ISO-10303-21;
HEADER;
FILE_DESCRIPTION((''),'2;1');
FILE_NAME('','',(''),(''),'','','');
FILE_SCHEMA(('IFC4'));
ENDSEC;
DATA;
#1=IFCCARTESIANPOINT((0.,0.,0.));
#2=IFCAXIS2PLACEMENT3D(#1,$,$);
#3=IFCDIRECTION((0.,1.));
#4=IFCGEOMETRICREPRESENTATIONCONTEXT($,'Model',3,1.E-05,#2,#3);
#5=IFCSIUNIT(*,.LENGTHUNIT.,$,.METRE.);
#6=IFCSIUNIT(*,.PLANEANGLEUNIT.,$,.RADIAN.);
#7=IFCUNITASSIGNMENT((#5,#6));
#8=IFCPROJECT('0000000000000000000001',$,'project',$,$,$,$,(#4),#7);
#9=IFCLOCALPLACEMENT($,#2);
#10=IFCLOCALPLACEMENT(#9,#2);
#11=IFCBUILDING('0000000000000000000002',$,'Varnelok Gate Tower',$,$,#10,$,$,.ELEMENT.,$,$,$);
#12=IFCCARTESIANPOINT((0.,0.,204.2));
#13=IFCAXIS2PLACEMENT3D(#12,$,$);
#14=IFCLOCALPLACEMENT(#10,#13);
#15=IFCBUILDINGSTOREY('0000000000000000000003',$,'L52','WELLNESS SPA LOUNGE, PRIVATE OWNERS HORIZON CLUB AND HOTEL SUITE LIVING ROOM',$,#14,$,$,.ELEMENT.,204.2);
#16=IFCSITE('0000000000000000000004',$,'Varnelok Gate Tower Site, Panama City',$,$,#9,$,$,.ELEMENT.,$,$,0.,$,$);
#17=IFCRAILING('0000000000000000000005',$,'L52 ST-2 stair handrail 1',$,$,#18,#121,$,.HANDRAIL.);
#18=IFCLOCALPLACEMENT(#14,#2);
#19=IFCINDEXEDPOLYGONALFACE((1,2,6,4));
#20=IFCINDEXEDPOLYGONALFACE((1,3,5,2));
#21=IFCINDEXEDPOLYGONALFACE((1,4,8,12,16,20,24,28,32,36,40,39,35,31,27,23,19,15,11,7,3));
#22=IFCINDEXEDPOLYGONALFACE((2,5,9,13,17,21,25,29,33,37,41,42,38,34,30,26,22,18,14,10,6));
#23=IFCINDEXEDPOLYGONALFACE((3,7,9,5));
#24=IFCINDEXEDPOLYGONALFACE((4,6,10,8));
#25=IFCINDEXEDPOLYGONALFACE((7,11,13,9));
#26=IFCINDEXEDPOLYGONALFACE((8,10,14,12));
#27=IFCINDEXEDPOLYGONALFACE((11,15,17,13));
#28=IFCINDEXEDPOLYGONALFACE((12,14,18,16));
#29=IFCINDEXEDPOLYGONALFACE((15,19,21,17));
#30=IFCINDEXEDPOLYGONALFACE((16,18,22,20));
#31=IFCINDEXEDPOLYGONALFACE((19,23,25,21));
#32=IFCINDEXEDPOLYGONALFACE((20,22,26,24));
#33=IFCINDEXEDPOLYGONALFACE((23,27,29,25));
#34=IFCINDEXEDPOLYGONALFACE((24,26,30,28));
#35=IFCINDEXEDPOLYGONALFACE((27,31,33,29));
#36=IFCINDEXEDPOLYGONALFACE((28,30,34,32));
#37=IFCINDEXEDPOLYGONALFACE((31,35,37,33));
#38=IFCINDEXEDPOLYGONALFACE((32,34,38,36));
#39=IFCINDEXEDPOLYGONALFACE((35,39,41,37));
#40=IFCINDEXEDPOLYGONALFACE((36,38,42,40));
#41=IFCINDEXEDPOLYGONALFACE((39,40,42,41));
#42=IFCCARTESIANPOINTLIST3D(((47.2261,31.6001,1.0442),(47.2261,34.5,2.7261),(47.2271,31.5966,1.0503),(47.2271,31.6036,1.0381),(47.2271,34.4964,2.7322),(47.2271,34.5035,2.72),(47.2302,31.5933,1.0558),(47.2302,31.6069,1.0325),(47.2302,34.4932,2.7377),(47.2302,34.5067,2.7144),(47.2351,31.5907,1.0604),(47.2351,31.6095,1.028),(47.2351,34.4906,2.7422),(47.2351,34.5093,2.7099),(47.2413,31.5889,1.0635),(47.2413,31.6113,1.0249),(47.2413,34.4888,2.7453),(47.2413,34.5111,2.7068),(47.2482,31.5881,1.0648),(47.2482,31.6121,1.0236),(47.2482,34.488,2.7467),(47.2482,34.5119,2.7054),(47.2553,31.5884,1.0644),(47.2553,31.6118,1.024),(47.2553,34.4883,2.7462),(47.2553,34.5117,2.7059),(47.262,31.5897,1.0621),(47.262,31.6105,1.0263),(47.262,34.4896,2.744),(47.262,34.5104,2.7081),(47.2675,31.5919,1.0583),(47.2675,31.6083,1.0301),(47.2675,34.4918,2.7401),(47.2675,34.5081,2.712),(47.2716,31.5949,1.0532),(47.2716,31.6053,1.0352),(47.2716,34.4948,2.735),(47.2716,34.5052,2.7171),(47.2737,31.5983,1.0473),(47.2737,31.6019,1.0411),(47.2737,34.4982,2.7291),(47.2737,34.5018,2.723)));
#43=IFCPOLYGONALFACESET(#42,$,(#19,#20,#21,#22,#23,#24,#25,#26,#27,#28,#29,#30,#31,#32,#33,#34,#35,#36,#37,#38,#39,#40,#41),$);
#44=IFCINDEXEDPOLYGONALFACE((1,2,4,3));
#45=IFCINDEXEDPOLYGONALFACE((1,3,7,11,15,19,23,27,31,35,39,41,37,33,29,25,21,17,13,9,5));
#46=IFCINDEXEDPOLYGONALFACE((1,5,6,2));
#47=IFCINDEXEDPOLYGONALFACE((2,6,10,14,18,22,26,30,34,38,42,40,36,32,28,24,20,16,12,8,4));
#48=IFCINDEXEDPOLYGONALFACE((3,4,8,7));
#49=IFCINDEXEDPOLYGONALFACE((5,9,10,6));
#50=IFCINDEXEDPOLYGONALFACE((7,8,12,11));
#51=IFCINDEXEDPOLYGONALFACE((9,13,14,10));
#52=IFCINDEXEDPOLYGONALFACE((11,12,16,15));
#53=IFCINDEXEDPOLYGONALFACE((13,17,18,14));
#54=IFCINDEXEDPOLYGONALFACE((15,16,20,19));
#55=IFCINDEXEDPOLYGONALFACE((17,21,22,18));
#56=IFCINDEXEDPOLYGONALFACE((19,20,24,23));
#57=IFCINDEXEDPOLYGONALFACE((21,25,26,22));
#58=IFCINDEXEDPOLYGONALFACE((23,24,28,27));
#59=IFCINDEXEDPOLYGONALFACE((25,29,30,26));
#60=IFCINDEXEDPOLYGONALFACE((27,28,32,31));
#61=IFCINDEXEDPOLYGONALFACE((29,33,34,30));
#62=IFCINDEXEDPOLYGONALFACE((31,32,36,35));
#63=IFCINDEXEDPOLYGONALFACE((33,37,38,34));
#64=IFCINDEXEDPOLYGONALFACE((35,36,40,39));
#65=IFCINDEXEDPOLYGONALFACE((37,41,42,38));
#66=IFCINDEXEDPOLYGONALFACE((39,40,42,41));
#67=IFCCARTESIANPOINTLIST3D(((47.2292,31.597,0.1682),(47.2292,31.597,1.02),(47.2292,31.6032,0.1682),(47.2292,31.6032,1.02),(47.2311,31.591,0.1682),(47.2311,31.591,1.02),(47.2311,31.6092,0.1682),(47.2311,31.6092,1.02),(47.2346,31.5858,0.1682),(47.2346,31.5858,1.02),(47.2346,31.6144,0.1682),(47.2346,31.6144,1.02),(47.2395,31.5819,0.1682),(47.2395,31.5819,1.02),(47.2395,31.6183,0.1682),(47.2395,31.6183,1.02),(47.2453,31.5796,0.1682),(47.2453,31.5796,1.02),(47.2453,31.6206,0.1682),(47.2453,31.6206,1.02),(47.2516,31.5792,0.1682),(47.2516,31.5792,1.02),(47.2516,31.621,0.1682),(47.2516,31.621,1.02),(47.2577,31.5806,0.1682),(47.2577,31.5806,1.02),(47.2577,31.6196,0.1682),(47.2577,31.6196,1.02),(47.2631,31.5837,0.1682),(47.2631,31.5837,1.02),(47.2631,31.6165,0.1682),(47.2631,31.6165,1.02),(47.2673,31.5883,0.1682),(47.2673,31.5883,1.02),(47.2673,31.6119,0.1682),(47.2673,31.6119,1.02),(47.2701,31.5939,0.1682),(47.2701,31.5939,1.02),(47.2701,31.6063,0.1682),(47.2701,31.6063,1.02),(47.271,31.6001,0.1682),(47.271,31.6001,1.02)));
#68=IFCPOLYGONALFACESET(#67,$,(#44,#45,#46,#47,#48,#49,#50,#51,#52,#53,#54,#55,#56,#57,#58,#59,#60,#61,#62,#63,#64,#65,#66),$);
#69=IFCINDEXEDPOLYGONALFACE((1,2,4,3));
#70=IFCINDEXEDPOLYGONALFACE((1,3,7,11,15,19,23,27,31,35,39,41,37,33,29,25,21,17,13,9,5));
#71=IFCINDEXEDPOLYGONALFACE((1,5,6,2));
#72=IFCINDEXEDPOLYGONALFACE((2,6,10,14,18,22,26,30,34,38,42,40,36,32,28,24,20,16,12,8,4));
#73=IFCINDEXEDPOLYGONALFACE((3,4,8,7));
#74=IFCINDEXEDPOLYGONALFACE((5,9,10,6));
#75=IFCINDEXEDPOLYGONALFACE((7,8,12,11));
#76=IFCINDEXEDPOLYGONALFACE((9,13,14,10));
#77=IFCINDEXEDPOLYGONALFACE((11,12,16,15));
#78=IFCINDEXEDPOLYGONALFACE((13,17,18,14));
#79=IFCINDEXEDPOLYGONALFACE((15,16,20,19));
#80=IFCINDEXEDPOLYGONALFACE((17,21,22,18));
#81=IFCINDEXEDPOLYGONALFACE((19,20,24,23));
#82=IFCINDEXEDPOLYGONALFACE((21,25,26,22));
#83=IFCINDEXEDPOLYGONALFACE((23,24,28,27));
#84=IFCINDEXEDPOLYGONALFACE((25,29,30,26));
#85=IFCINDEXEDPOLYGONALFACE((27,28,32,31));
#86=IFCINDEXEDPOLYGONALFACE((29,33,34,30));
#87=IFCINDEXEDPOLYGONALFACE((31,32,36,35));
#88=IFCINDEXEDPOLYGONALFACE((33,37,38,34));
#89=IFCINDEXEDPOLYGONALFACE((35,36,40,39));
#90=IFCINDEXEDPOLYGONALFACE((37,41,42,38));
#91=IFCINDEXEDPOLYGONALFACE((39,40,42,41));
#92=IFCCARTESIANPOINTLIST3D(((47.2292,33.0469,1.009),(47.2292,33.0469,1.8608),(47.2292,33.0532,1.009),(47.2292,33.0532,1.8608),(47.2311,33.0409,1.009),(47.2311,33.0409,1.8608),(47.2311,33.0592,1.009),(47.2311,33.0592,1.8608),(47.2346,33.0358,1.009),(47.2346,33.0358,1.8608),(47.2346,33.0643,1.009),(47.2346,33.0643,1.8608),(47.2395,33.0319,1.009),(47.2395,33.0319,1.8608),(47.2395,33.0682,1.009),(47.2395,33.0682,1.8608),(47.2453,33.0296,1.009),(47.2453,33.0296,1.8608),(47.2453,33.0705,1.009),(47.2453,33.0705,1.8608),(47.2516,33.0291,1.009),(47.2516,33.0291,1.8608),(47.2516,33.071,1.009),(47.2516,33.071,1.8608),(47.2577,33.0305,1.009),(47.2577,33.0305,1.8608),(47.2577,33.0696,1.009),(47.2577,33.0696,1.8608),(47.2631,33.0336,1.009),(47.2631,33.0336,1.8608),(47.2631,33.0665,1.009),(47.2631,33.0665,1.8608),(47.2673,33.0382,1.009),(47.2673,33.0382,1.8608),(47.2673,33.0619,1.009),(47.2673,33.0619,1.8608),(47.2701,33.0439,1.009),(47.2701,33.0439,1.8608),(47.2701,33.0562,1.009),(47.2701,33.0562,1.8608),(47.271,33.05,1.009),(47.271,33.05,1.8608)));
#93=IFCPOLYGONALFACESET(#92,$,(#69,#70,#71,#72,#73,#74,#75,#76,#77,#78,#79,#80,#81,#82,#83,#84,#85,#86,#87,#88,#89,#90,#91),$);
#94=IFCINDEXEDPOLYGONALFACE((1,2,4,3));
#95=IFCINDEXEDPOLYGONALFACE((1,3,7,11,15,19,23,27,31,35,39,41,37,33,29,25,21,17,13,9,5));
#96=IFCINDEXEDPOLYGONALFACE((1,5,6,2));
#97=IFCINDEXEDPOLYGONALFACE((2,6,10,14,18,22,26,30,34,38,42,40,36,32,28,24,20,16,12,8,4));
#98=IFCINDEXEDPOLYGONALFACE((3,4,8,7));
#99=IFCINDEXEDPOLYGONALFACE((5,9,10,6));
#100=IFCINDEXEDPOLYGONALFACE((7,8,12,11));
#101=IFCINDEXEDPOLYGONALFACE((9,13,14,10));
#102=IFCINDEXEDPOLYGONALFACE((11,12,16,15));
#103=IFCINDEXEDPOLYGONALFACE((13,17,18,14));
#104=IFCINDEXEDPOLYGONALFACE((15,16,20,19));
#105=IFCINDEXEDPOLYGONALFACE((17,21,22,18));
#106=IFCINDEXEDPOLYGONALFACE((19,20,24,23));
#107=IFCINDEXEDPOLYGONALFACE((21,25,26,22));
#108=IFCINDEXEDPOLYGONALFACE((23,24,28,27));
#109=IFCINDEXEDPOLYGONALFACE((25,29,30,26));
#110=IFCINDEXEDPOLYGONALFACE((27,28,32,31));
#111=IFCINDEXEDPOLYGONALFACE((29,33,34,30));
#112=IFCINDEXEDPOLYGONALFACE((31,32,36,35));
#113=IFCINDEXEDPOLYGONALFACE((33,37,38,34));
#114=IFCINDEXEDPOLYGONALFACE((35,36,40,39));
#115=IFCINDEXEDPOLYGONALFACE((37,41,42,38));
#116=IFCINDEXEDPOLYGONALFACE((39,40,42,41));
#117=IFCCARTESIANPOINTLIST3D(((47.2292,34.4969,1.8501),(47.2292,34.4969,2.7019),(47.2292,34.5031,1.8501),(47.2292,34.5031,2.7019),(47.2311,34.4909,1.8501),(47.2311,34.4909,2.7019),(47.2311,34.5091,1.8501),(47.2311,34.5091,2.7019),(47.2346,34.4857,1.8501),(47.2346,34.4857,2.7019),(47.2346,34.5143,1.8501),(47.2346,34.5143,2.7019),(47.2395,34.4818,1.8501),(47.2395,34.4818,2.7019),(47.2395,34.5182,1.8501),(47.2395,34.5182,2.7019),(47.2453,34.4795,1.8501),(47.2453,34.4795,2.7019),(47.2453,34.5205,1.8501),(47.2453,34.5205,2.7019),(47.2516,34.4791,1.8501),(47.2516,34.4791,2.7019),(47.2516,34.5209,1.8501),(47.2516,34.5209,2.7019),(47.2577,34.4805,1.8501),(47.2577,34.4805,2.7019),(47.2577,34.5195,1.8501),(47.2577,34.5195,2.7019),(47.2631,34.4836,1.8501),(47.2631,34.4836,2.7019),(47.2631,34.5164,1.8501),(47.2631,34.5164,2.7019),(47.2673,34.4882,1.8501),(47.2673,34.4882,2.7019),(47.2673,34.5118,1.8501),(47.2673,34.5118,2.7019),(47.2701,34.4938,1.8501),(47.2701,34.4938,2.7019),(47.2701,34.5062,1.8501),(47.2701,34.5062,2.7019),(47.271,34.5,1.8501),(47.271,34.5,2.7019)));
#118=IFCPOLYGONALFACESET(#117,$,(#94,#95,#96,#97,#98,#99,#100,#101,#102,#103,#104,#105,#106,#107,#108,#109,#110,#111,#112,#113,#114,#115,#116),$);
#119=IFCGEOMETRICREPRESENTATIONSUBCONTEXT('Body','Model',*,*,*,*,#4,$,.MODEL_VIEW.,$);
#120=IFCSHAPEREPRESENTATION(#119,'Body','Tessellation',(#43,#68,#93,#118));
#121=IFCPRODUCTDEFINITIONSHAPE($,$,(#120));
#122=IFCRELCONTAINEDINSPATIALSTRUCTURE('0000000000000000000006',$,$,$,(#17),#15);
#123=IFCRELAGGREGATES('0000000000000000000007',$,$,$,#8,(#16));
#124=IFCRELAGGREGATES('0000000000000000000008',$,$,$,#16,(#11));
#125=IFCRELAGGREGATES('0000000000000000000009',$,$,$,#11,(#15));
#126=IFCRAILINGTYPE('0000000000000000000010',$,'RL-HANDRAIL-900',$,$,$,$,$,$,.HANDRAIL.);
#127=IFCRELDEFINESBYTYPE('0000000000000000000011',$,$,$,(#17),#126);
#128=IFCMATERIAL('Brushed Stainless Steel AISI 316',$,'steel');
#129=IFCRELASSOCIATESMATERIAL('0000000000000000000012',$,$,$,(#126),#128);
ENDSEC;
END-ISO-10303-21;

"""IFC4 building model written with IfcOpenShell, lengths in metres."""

from ifc_helpers import new_model, si_unit, direction, frame, origin, origin_2d, place, context, subcontext, project, spatial, circle, extrude, material, type_object, element, save


model = new_model("IFC4")

# Units and contexts
model_context = context("Model", 3, precision=1e-05, world=origin(), true_north=direction((0.0, 1.0)))
body_context = subcontext(model_context, "Body", "Model", "MODEL_VIEW")
ifc_project = project(units=[si_unit("LENGTHUNIT", "METRE"), si_unit("PLANEANGLEUNIT", "RADIAN")], contexts=[model_context])

# Site, building, storey
site_placement = place(None, origin())
site = spatial("IfcSite", under=ifc_project, at=site_placement, Name="Varnelok Gate Tower Site, Panama City", CompositionType="ELEMENT", RefElevation=0.0)
building_placement = place(site_placement, origin())
building = spatial("IfcBuilding", under=site, at=building_placement, Name="Varnelok Gate Tower", CompositionType="ELEMENT")
storey_placement = place(building_placement, frame((0.0, 0.0, 204.2)))
storey = spatial("IfcBuildingStorey", under=building, at=storey_placement, Name="L52", Description="WELLNESS SPA LOUNGE, PRIVATE OWNERS HORIZON CLUB AND HOTEL SUITE LIVING ROOM", CompositionType="ELEMENT", Elevation=204.2)

# Railing
ifc_material_1 = material(Name="Brushed Stainless Steel AISI 316", Category="steel")
railing_type_1 = type_object("IfcRailingType", Name="RL-HANDRAIL-900", PredefinedType="HANDRAIL", material=ifc_material_1)
railing_1_placement = place(storey_placement, frame((47.25, 31.6001, 0.1682)))
element("IfcRailing", 1, at=railing_1_placement, inside=storey, type_object=railing_type_1, Name="L52 ST-2 stair handrail 1", PredefinedType="HANDRAIL", context=body_context, shape_type="SweptSolid", body=[
    extrude(circle(Radius=0.0239, at=origin_2d()), frame((0.0, 0.0, 0.876), z_axis=(0.0, 0.865039, 0.501705), x_axis=(-1.0, 0.0, 0.0)), (0.0, 0.0, 1.0), 3.3523),
    extrude(circle(Radius=0.021, at=origin_2d()), origin(), (0.0, 0.0, 1.0), 0.8518),
    extrude(circle(Radius=0.021, at=origin_2d()), frame((0.0, 1.45, 0.8408)), (0.0, 0.0, 1.0), 0.8518),
    extrude(circle(Radius=0.021, at=origin_2d()), frame((0.0, 2.8999, 1.6819)), (0.0, 0.0, 1.0), 0.8518),
])

save(model, "model.ifc")
